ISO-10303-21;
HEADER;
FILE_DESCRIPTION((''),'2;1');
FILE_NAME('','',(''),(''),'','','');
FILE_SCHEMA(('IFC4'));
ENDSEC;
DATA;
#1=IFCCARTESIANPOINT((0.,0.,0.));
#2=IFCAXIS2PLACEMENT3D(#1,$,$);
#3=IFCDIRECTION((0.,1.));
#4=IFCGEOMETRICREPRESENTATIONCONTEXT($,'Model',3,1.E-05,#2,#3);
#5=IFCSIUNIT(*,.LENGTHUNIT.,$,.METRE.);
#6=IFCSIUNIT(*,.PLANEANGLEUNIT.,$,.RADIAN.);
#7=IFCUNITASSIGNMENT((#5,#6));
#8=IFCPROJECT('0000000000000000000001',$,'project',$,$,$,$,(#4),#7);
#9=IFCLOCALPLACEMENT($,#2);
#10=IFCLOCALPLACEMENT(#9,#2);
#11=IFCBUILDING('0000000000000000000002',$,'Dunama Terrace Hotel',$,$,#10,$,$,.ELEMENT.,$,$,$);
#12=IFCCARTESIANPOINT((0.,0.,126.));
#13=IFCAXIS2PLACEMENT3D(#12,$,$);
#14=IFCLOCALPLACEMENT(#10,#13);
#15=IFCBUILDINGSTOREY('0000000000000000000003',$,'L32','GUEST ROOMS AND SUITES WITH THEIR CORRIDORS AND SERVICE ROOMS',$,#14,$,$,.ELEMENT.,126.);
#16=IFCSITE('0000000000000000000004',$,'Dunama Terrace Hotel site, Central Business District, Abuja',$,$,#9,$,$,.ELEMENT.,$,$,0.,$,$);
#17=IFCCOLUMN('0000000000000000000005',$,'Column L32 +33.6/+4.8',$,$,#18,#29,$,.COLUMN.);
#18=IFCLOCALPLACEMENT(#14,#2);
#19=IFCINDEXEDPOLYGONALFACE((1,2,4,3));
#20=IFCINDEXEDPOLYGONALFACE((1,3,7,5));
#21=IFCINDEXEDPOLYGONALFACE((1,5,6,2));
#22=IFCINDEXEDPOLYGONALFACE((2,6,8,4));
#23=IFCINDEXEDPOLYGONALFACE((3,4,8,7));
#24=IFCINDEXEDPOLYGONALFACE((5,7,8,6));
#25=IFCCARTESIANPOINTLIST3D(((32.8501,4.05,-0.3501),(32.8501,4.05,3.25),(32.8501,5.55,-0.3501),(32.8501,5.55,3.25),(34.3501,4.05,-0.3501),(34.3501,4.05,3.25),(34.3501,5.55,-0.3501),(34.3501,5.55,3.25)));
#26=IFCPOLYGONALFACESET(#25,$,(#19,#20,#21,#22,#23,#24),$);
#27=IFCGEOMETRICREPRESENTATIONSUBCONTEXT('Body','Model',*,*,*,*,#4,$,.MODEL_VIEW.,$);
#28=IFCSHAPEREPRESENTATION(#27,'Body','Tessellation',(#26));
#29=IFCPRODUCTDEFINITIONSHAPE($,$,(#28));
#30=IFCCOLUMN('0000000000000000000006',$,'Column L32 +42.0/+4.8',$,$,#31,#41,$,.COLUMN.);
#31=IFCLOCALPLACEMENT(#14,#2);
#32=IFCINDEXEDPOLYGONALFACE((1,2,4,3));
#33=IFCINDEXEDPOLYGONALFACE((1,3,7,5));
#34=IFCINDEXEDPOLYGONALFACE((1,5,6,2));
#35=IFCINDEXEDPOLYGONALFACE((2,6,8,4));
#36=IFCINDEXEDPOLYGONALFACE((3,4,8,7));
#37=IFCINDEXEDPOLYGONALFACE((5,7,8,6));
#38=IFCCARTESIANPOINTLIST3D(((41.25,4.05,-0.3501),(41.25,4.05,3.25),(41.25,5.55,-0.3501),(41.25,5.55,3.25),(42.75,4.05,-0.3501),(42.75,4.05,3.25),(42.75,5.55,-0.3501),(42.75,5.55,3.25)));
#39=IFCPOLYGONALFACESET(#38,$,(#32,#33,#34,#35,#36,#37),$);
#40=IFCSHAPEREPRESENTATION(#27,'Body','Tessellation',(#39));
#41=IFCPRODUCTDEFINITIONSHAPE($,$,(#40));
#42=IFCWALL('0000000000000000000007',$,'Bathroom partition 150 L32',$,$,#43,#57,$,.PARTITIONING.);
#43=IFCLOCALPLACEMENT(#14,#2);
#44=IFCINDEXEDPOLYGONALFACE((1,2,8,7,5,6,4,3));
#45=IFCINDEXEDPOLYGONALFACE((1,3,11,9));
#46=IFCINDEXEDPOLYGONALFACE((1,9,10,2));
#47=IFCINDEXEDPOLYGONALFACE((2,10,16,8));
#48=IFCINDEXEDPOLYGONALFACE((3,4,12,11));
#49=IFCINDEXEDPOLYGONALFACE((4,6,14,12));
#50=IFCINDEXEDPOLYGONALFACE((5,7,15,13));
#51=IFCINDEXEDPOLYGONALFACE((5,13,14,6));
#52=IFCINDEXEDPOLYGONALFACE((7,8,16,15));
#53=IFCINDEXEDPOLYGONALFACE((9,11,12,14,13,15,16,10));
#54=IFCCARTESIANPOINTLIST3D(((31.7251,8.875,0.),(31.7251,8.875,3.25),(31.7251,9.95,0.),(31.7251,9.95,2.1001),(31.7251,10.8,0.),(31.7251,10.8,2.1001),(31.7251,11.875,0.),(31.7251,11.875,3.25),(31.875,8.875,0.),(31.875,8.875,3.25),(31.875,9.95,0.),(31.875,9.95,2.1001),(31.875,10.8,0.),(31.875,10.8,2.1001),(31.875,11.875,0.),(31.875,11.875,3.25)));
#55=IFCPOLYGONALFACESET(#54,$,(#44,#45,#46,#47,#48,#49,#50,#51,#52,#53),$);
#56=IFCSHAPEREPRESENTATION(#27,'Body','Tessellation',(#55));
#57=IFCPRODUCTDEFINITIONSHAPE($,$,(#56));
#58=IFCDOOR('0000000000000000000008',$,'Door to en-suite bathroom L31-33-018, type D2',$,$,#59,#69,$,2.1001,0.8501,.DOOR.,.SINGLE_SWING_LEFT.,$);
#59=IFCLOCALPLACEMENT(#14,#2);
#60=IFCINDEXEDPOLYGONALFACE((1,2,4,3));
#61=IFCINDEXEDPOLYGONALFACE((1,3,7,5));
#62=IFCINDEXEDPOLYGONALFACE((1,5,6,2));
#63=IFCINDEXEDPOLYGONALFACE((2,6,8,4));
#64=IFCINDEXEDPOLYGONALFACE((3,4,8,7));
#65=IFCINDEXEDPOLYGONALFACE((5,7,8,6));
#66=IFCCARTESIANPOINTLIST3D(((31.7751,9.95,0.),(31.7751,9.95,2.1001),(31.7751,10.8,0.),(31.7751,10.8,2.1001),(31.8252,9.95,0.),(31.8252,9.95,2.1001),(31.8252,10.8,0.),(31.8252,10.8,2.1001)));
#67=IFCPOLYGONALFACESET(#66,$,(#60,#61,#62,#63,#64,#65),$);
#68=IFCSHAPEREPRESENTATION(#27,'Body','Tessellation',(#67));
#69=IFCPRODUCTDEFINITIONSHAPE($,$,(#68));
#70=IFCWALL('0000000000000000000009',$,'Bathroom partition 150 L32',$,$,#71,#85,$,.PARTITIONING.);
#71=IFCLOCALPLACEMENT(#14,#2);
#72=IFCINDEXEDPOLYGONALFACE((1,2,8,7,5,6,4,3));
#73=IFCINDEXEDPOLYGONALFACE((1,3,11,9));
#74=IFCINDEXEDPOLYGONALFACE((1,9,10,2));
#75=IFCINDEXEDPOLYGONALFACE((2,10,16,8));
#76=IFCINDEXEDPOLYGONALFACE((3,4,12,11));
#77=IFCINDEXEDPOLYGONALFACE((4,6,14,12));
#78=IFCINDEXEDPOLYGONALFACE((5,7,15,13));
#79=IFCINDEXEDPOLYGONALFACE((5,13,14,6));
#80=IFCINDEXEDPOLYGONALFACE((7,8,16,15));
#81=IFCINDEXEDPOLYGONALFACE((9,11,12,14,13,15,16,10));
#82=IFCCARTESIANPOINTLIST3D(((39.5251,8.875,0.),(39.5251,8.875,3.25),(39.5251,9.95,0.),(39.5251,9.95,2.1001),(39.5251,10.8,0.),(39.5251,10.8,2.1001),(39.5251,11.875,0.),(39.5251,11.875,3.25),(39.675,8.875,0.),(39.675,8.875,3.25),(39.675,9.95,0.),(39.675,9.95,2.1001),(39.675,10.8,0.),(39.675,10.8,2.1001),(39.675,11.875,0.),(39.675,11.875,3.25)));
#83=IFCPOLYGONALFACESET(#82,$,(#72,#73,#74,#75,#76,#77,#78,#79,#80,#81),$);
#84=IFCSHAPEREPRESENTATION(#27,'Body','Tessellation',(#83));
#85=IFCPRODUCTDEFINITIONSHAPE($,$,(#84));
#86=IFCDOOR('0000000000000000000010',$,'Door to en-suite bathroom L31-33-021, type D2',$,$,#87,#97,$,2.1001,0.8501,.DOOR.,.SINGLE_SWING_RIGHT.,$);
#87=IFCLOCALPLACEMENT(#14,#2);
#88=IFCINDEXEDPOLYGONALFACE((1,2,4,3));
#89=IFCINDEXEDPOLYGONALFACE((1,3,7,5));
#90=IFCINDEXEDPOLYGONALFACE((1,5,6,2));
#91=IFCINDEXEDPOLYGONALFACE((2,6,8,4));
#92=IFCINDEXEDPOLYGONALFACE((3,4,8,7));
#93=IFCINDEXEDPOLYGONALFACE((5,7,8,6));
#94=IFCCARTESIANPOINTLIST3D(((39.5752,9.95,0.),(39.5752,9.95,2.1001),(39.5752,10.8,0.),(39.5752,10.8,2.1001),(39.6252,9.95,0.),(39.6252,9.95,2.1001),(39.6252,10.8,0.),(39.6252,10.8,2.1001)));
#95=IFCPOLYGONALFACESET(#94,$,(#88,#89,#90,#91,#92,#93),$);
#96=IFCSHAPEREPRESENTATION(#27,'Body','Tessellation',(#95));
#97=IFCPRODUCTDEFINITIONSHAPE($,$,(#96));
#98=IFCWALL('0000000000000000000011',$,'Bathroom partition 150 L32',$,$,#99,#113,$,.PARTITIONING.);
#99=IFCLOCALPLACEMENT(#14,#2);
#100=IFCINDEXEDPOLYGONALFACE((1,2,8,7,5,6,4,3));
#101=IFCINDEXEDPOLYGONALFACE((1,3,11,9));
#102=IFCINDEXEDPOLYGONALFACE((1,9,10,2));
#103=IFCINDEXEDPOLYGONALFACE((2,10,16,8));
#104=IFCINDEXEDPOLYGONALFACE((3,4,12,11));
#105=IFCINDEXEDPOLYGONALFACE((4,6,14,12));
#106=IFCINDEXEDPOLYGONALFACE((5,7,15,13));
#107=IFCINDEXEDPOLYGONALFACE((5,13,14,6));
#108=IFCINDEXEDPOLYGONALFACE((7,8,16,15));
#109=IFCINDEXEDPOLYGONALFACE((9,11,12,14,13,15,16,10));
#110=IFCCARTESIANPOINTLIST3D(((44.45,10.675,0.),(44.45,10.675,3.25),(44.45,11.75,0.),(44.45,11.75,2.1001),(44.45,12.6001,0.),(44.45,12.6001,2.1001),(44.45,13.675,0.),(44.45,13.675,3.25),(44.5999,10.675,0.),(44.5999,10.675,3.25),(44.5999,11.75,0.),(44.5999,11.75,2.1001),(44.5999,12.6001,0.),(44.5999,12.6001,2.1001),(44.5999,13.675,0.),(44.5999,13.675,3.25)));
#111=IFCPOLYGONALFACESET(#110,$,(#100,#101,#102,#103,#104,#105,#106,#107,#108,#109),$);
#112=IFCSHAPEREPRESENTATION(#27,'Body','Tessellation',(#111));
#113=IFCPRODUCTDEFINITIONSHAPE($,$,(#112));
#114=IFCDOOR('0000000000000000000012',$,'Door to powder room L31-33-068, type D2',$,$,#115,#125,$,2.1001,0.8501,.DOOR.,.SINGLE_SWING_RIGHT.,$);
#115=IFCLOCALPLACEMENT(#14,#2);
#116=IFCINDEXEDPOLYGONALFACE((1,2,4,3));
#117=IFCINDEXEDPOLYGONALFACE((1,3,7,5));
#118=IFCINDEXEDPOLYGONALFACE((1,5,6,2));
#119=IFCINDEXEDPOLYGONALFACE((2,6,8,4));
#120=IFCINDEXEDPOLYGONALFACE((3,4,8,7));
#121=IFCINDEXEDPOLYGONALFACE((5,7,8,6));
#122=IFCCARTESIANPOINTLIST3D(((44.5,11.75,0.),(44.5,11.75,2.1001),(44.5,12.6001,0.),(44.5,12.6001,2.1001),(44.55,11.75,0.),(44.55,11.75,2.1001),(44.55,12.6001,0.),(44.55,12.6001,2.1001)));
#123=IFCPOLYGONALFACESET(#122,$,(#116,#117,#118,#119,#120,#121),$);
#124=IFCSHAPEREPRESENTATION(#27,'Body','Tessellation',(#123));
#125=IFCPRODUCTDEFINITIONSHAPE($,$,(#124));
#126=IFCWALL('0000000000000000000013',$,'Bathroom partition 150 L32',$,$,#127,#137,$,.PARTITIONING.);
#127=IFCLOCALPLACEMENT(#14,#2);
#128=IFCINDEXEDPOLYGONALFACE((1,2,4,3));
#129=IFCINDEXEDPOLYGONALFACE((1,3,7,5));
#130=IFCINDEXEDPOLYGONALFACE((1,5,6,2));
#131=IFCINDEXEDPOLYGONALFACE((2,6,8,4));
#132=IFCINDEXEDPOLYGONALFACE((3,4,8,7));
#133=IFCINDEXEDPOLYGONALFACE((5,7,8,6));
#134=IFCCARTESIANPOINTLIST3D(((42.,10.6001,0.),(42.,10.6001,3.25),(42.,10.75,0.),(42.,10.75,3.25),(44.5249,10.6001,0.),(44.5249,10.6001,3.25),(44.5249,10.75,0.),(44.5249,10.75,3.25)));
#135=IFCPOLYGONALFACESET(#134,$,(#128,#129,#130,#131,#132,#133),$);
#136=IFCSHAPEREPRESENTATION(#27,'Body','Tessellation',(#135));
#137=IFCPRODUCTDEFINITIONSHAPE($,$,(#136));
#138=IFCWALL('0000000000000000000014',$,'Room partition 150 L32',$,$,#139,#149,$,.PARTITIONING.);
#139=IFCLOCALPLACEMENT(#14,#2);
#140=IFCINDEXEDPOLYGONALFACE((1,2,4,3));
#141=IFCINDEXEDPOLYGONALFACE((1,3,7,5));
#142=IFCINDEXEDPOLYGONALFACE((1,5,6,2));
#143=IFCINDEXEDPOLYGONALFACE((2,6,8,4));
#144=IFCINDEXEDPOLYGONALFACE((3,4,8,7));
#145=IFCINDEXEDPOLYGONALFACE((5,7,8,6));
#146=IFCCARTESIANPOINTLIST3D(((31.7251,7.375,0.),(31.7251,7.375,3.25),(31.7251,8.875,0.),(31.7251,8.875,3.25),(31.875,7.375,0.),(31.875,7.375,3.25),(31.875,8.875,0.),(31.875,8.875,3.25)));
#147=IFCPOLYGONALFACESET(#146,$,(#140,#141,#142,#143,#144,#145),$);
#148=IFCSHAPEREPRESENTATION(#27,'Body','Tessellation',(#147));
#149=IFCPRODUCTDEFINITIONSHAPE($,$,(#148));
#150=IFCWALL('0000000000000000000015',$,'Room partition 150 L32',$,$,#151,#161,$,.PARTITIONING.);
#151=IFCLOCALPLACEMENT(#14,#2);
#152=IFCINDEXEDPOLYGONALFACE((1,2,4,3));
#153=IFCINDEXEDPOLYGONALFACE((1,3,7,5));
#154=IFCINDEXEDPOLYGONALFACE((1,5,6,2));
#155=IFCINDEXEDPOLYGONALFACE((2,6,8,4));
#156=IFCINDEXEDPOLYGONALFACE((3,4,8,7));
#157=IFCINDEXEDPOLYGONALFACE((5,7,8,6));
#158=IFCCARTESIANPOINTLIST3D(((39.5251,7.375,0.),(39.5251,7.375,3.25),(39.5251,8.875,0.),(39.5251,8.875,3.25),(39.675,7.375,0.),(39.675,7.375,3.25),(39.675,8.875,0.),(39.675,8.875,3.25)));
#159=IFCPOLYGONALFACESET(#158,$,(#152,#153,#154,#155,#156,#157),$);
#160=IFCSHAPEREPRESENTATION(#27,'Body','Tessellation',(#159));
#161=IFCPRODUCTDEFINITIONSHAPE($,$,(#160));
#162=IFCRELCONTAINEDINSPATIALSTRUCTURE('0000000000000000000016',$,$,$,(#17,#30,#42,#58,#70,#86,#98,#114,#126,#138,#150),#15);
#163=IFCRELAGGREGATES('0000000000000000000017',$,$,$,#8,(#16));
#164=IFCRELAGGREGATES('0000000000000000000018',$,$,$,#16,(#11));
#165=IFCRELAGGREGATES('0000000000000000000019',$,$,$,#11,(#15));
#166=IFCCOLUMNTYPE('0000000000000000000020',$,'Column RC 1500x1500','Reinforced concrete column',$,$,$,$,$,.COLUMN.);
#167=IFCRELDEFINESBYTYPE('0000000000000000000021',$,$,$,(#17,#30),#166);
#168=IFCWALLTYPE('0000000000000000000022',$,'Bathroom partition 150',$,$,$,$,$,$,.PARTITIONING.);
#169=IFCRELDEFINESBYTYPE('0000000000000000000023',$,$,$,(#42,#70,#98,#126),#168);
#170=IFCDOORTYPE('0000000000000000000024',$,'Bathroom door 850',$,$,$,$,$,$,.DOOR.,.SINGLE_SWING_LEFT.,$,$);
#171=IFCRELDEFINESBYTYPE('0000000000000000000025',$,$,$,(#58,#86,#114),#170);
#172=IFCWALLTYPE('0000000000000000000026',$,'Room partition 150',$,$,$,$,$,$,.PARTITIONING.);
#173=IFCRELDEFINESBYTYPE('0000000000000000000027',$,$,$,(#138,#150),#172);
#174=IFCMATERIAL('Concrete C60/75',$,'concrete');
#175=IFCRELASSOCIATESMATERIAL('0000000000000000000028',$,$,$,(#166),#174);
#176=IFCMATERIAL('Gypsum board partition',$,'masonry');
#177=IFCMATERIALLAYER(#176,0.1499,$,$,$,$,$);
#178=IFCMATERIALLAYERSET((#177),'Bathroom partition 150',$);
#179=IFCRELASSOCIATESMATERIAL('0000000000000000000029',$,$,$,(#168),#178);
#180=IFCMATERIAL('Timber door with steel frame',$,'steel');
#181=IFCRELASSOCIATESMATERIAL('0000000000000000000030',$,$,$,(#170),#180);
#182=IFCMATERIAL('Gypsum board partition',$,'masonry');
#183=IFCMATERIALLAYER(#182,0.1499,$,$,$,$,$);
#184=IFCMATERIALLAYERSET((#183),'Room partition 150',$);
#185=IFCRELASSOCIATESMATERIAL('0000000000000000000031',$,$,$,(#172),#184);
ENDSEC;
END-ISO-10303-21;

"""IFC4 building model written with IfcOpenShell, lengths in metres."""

from ifc_helpers import new_model, si_unit, direction, frame, frame_2d, origin, origin_2d, place, context, subcontext, project, spatial, rectangle, extrude, material, layer, layer_set, material_profile, profile_set, type_object, element, fill, save


model = new_model("IFC4")

# Units and contexts
model_context = context("Model", 3, precision=1e-05, world=origin(), true_north=direction((0.0, 1.0)))
body_context = subcontext(model_context, "Body", "Model", "MODEL_VIEW")
ifc_project = project(units=[si_unit("LENGTHUNIT", "METRE"), si_unit("PLANEANGLEUNIT", "RADIAN")], contexts=[model_context])

# Site, building, storey
site_placement = place(None, origin())
site = spatial("IfcSite", under=ifc_project, at=site_placement, Name="Dunama Terrace Hotel site, Central Business District, Abuja", CompositionType="ELEMENT", RefElevation=0.0)
building_placement = place(site_placement, origin())
building = spatial("IfcBuilding", under=site, at=building_placement, Name="Dunama Terrace Hotel", CompositionType="ELEMENT")
storey_placement = place(building_placement, frame((0.0, 0.0, 126.0)))
storey = spatial("IfcBuildingStorey", under=building, at=storey_placement, Name="L32", Description="GUEST ROOMS AND SUITES WITH THEIR CORRIDORS AND SERVICE ROOMS", CompositionType="ELEMENT", Elevation=126.0)

# Columns
ifc_material_1 = material(Name="Concrete C60/75", Category="concrete")
ifc_material_profile = material_profile(ifc_material_1, rectangle(XDim=1.5, YDim=1.5, at=origin_2d()), Name="RC 1500x1500")
ifc_profile_set = profile_set([ifc_material_profile], Name="Concrete C60/75")
column_type = type_object("IfcColumnType", Name="Column RC 1500x1500", Description="Reinforced concrete column", PredefinedType="COLUMN", material=ifc_profile_set)
for number, where, z_axis, x_axis, name in (
    (1, (33.6001, 4.8, -0.3501), (0.0, 0.0, 1.0), (1.0, 0.0, 0.0), "Column L32 +33.6/+4.8"),
    (2, (42.0, 4.8, -0.3501), (0.0, 0.0, 1.0), (1.0, 0.0, 0.0), "Column L32 +42.0/+4.8"),
):
    element("IfcColumn", number, at=place(storey_placement, frame(where, z_axis=z_axis, x_axis=x_axis)), inside=storey, type_object=column_type, Name=name, PredefinedType="COLUMN", context=body_context, shape_type="SweptSolid", body=[
        extrude(rectangle(XDim=1.5, YDim=1.5, at=origin_2d()), origin(), (0.0, 0.0, 1.0), 3.6001),
    ])

# Walls, openings, doors
ifc_material_2 = material(Name="Gypsum board partition", Category="masonry")
ifc_layer_1 = layer(ifc_material_2, 0.1499)
ifc_layer_set_1 = layer_set([ifc_layer_1], Name="Bathroom partition 150")
wall_type_1 = type_object("IfcWallType", Name="Bathroom partition 150", PredefinedType="PARTITIONING", material=ifc_layer_set_1)
wall_1_placement = place(storey_placement, frame((31.8, 8.875, 0.0), z_axis=(0.0, 0.0, 1.0), x_axis=(0.0, 1.0, 0.0)))
wall_1 = element("IfcWall", 3, at=wall_1_placement, inside=storey, type_object=wall_type_1, Name="Bathroom partition 150 L32", PredefinedType="PARTITIONING", context=body_context, shape_type="SweptSolid", body=[
    extrude(rectangle(XDim=3.0, YDim=0.1499, at=frame_2d((1.5, 0.0))), origin(), (0.0, 0.0, 1.0), 3.25),
])
opening_1_placement = place(wall_1_placement, frame((1.075, 0.0, 0.0)))
opening_1 = element("IfcOpeningElement", 4, at=opening_1_placement, cuts=wall_1, PredefinedType="OPENING", context=body_context, shape_type="SweptSolid", body=[
    extrude(rectangle(XDim=0.8501, YDim=2.1001, at=frame_2d((0.425, 1.05))), frame((0.0, 0.085, 0.0), z_axis=(0.0, -1.0, 0.0), x_axis=(1.0, 0.0, 0.0)), (0.0, 0.0, 1.0), 0.1699),
])
ifc_material_3 = material(Name="Timber door with steel frame", Category="steel")
door_type_1 = type_object("IfcDoorType", Name="Bathroom door 850", OperationType="SINGLE_SWING_LEFT", PredefinedType="DOOR", material=ifc_material_3)
door_1_placement = place(opening_1_placement, origin())
door_1 = element("IfcDoor", 5, at=door_1_placement, inside=storey, type_object=door_type_1, Name="Door to en-suite bathroom L31-33-018, type D2", OperationType="SINGLE_SWING_LEFT", OverallHeight=2.1001, OverallWidth=0.8501, PredefinedType="DOOR", context=body_context, shape_type="SweptSolid", body=[
    extrude(rectangle(XDim=0.8501, YDim=2.1001, at=frame_2d((0.425, 1.05))), frame((0.0, 0.0249, 0.0), z_axis=(0.0, -1.0, 0.0), x_axis=(1.0, 0.0, 0.0)), (0.0, 0.0, 1.0), 0.05),
])
fill(opening_1, door_1)
wall_2_placement = place(storey_placement, frame((39.6001, 8.875, 0.0), z_axis=(0.0, 0.0, 1.0), x_axis=(0.0, 1.0, 0.0)))
wall_2 = element("IfcWall", 6, at=wall_2_placement, inside=storey, type_object=wall_type_1, Name="Bathroom partition 150 L32", PredefinedType="PARTITIONING", context=body_context, shape_type="SweptSolid", body=[
    extrude(rectangle(XDim=3.0, YDim=0.1499, at=frame_2d((1.5, 0.0))), origin(), (0.0, 0.0, 1.0), 3.25),
])
opening_2_placement = place(wall_2_placement, frame((1.075, 0.0, 0.0)))
opening_2 = element("IfcOpeningElement", 7, at=opening_2_placement, cuts=wall_2, PredefinedType="OPENING", context=body_context, shape_type="SweptSolid", body=[
    extrude(rectangle(XDim=0.8501, YDim=2.1001, at=frame_2d((0.425, 1.05))), frame((0.0, 0.085, 0.0), z_axis=(0.0, -1.0, 0.0), x_axis=(1.0, 0.0, 0.0)), (0.0, 0.0, 1.0), 0.1699),
])
door_2_placement = place(opening_2_placement, frame((0.8501, 0.0, 0.0), z_axis=(0.0, 0.0, 1.0), x_axis=(-1.0, 0.0, 0.0)))
door_2 = element("IfcDoor", 8, at=door_2_placement, inside=storey, type_object=door_type_1, Name="Door to en-suite bathroom L31-33-021, type D2", OperationType="SINGLE_SWING_RIGHT", OverallHeight=2.1001, OverallWidth=0.8501, PredefinedType="DOOR", context=body_context, shape_type="SweptSolid", body=[
    extrude(rectangle(XDim=0.8501, YDim=2.1001, at=frame_2d((0.425, 1.05))), frame((0.0, 0.0251, 0.0), z_axis=(0.0, -1.0, 0.0), x_axis=(1.0, 0.0, 0.0)), (0.0, 0.0, 1.0), 0.05),
])
fill(opening_2, door_2)
wall_3_placement = place(storey_placement, frame((44.5249, 10.675, 0.0), z_axis=(0.0, 0.0, 1.0), x_axis=(0.0, 1.0, 0.0)))
wall_3 = element("IfcWall", 9, at=wall_3_placement, inside=storey, type_object=wall_type_1, Name="Bathroom partition 150 L32", PredefinedType="PARTITIONING", context=body_context, shape_type="SweptSolid", body=[
    extrude(rectangle(XDim=3.0, YDim=0.1499, at=frame_2d((1.5, 0.0))), origin(), (0.0, 0.0, 1.0), 3.25),
])
opening_3_placement = place(wall_3_placement, frame((1.075, 0.0, 0.0)))
opening_3 = element("IfcOpeningElement", 10, at=opening_3_placement, cuts=wall_3, PredefinedType="OPENING", context=body_context, shape_type="SweptSolid", body=[
    extrude(rectangle(XDim=0.8501, YDim=2.1001, at=frame_2d((0.425, 1.05))), frame((0.0, 0.085, 0.0), z_axis=(0.0, -1.0, 0.0), x_axis=(1.0, 0.0, 0.0)), (0.0, 0.0, 1.0), 0.1699),
])
door_3_placement = place(opening_3_placement, origin())
door_3 = element("IfcDoor", 11, at=door_3_placement, inside=storey, type_object=door_type_1, Name="Door to powder room L31-33-068, type D2", OperationType="SINGLE_SWING_RIGHT", OverallHeight=2.1001, OverallWidth=0.8501, PredefinedType="DOOR", context=body_context, shape_type="SweptSolid", body=[
    extrude(rectangle(XDim=0.8501, YDim=2.1001, at=frame_2d((0.425, 1.05))), frame((0.0, 0.0249, 0.0), z_axis=(0.0, -1.0, 0.0), x_axis=(1.0, 0.0, 0.0)), (0.0, 0.0, 1.0), 0.05),
])
fill(opening_3, door_3)

# Walls
wall_4_placement = place(storey_placement, frame((42.0, 10.675, 0.0), z_axis=(0.0, 0.0, 1.0), x_axis=(1.0, 0.0, 0.0)))
element("IfcWall", 12, at=wall_4_placement, inside=storey, type_object=wall_type_1, Name="Bathroom partition 150 L32", PredefinedType="PARTITIONING", context=body_context, shape_type="SweptSolid", body=[
    extrude(rectangle(XDim=2.5249, YDim=0.1499, at=frame_2d((1.2625, 0.0))), origin(), (0.0, 0.0, 1.0), 3.25),
])
ifc_material_4 = material(Name="Gypsum board partition", Category="masonry")
ifc_layer_2 = layer(ifc_material_4, 0.1499)
ifc_layer_set_2 = layer_set([ifc_layer_2], Name="Room partition 150")
wall_type_2 = type_object("IfcWallType", Name="Room partition 150", PredefinedType="PARTITIONING", material=ifc_layer_set_2)
for number, where, z_axis, x_axis, name in (
    (13, (31.8, 7.375, 0.0), (0.0, 0.0, 1.0), (0.0, 1.0, 0.0), "Room partition 150 L32"),
    (14, (39.6001, 7.375, 0.0), (0.0, 0.0, 1.0), (0.0, 1.0, 0.0), "Room partition 150 L32"),
):
    element("IfcWall", number, at=place(storey_placement, frame(where, z_axis=z_axis, x_axis=x_axis)), inside=storey, type_object=wall_type_2, Name=name, PredefinedType="PARTITIONING", context=body_context, shape_type="SweptSolid", body=[
        extrude(rectangle(XDim=1.5, YDim=0.1499, at=frame_2d((0.75, 0.0))), origin(), (0.0, 0.0, 1.0), 3.25),
    ])

save(model, "model.ifc")
